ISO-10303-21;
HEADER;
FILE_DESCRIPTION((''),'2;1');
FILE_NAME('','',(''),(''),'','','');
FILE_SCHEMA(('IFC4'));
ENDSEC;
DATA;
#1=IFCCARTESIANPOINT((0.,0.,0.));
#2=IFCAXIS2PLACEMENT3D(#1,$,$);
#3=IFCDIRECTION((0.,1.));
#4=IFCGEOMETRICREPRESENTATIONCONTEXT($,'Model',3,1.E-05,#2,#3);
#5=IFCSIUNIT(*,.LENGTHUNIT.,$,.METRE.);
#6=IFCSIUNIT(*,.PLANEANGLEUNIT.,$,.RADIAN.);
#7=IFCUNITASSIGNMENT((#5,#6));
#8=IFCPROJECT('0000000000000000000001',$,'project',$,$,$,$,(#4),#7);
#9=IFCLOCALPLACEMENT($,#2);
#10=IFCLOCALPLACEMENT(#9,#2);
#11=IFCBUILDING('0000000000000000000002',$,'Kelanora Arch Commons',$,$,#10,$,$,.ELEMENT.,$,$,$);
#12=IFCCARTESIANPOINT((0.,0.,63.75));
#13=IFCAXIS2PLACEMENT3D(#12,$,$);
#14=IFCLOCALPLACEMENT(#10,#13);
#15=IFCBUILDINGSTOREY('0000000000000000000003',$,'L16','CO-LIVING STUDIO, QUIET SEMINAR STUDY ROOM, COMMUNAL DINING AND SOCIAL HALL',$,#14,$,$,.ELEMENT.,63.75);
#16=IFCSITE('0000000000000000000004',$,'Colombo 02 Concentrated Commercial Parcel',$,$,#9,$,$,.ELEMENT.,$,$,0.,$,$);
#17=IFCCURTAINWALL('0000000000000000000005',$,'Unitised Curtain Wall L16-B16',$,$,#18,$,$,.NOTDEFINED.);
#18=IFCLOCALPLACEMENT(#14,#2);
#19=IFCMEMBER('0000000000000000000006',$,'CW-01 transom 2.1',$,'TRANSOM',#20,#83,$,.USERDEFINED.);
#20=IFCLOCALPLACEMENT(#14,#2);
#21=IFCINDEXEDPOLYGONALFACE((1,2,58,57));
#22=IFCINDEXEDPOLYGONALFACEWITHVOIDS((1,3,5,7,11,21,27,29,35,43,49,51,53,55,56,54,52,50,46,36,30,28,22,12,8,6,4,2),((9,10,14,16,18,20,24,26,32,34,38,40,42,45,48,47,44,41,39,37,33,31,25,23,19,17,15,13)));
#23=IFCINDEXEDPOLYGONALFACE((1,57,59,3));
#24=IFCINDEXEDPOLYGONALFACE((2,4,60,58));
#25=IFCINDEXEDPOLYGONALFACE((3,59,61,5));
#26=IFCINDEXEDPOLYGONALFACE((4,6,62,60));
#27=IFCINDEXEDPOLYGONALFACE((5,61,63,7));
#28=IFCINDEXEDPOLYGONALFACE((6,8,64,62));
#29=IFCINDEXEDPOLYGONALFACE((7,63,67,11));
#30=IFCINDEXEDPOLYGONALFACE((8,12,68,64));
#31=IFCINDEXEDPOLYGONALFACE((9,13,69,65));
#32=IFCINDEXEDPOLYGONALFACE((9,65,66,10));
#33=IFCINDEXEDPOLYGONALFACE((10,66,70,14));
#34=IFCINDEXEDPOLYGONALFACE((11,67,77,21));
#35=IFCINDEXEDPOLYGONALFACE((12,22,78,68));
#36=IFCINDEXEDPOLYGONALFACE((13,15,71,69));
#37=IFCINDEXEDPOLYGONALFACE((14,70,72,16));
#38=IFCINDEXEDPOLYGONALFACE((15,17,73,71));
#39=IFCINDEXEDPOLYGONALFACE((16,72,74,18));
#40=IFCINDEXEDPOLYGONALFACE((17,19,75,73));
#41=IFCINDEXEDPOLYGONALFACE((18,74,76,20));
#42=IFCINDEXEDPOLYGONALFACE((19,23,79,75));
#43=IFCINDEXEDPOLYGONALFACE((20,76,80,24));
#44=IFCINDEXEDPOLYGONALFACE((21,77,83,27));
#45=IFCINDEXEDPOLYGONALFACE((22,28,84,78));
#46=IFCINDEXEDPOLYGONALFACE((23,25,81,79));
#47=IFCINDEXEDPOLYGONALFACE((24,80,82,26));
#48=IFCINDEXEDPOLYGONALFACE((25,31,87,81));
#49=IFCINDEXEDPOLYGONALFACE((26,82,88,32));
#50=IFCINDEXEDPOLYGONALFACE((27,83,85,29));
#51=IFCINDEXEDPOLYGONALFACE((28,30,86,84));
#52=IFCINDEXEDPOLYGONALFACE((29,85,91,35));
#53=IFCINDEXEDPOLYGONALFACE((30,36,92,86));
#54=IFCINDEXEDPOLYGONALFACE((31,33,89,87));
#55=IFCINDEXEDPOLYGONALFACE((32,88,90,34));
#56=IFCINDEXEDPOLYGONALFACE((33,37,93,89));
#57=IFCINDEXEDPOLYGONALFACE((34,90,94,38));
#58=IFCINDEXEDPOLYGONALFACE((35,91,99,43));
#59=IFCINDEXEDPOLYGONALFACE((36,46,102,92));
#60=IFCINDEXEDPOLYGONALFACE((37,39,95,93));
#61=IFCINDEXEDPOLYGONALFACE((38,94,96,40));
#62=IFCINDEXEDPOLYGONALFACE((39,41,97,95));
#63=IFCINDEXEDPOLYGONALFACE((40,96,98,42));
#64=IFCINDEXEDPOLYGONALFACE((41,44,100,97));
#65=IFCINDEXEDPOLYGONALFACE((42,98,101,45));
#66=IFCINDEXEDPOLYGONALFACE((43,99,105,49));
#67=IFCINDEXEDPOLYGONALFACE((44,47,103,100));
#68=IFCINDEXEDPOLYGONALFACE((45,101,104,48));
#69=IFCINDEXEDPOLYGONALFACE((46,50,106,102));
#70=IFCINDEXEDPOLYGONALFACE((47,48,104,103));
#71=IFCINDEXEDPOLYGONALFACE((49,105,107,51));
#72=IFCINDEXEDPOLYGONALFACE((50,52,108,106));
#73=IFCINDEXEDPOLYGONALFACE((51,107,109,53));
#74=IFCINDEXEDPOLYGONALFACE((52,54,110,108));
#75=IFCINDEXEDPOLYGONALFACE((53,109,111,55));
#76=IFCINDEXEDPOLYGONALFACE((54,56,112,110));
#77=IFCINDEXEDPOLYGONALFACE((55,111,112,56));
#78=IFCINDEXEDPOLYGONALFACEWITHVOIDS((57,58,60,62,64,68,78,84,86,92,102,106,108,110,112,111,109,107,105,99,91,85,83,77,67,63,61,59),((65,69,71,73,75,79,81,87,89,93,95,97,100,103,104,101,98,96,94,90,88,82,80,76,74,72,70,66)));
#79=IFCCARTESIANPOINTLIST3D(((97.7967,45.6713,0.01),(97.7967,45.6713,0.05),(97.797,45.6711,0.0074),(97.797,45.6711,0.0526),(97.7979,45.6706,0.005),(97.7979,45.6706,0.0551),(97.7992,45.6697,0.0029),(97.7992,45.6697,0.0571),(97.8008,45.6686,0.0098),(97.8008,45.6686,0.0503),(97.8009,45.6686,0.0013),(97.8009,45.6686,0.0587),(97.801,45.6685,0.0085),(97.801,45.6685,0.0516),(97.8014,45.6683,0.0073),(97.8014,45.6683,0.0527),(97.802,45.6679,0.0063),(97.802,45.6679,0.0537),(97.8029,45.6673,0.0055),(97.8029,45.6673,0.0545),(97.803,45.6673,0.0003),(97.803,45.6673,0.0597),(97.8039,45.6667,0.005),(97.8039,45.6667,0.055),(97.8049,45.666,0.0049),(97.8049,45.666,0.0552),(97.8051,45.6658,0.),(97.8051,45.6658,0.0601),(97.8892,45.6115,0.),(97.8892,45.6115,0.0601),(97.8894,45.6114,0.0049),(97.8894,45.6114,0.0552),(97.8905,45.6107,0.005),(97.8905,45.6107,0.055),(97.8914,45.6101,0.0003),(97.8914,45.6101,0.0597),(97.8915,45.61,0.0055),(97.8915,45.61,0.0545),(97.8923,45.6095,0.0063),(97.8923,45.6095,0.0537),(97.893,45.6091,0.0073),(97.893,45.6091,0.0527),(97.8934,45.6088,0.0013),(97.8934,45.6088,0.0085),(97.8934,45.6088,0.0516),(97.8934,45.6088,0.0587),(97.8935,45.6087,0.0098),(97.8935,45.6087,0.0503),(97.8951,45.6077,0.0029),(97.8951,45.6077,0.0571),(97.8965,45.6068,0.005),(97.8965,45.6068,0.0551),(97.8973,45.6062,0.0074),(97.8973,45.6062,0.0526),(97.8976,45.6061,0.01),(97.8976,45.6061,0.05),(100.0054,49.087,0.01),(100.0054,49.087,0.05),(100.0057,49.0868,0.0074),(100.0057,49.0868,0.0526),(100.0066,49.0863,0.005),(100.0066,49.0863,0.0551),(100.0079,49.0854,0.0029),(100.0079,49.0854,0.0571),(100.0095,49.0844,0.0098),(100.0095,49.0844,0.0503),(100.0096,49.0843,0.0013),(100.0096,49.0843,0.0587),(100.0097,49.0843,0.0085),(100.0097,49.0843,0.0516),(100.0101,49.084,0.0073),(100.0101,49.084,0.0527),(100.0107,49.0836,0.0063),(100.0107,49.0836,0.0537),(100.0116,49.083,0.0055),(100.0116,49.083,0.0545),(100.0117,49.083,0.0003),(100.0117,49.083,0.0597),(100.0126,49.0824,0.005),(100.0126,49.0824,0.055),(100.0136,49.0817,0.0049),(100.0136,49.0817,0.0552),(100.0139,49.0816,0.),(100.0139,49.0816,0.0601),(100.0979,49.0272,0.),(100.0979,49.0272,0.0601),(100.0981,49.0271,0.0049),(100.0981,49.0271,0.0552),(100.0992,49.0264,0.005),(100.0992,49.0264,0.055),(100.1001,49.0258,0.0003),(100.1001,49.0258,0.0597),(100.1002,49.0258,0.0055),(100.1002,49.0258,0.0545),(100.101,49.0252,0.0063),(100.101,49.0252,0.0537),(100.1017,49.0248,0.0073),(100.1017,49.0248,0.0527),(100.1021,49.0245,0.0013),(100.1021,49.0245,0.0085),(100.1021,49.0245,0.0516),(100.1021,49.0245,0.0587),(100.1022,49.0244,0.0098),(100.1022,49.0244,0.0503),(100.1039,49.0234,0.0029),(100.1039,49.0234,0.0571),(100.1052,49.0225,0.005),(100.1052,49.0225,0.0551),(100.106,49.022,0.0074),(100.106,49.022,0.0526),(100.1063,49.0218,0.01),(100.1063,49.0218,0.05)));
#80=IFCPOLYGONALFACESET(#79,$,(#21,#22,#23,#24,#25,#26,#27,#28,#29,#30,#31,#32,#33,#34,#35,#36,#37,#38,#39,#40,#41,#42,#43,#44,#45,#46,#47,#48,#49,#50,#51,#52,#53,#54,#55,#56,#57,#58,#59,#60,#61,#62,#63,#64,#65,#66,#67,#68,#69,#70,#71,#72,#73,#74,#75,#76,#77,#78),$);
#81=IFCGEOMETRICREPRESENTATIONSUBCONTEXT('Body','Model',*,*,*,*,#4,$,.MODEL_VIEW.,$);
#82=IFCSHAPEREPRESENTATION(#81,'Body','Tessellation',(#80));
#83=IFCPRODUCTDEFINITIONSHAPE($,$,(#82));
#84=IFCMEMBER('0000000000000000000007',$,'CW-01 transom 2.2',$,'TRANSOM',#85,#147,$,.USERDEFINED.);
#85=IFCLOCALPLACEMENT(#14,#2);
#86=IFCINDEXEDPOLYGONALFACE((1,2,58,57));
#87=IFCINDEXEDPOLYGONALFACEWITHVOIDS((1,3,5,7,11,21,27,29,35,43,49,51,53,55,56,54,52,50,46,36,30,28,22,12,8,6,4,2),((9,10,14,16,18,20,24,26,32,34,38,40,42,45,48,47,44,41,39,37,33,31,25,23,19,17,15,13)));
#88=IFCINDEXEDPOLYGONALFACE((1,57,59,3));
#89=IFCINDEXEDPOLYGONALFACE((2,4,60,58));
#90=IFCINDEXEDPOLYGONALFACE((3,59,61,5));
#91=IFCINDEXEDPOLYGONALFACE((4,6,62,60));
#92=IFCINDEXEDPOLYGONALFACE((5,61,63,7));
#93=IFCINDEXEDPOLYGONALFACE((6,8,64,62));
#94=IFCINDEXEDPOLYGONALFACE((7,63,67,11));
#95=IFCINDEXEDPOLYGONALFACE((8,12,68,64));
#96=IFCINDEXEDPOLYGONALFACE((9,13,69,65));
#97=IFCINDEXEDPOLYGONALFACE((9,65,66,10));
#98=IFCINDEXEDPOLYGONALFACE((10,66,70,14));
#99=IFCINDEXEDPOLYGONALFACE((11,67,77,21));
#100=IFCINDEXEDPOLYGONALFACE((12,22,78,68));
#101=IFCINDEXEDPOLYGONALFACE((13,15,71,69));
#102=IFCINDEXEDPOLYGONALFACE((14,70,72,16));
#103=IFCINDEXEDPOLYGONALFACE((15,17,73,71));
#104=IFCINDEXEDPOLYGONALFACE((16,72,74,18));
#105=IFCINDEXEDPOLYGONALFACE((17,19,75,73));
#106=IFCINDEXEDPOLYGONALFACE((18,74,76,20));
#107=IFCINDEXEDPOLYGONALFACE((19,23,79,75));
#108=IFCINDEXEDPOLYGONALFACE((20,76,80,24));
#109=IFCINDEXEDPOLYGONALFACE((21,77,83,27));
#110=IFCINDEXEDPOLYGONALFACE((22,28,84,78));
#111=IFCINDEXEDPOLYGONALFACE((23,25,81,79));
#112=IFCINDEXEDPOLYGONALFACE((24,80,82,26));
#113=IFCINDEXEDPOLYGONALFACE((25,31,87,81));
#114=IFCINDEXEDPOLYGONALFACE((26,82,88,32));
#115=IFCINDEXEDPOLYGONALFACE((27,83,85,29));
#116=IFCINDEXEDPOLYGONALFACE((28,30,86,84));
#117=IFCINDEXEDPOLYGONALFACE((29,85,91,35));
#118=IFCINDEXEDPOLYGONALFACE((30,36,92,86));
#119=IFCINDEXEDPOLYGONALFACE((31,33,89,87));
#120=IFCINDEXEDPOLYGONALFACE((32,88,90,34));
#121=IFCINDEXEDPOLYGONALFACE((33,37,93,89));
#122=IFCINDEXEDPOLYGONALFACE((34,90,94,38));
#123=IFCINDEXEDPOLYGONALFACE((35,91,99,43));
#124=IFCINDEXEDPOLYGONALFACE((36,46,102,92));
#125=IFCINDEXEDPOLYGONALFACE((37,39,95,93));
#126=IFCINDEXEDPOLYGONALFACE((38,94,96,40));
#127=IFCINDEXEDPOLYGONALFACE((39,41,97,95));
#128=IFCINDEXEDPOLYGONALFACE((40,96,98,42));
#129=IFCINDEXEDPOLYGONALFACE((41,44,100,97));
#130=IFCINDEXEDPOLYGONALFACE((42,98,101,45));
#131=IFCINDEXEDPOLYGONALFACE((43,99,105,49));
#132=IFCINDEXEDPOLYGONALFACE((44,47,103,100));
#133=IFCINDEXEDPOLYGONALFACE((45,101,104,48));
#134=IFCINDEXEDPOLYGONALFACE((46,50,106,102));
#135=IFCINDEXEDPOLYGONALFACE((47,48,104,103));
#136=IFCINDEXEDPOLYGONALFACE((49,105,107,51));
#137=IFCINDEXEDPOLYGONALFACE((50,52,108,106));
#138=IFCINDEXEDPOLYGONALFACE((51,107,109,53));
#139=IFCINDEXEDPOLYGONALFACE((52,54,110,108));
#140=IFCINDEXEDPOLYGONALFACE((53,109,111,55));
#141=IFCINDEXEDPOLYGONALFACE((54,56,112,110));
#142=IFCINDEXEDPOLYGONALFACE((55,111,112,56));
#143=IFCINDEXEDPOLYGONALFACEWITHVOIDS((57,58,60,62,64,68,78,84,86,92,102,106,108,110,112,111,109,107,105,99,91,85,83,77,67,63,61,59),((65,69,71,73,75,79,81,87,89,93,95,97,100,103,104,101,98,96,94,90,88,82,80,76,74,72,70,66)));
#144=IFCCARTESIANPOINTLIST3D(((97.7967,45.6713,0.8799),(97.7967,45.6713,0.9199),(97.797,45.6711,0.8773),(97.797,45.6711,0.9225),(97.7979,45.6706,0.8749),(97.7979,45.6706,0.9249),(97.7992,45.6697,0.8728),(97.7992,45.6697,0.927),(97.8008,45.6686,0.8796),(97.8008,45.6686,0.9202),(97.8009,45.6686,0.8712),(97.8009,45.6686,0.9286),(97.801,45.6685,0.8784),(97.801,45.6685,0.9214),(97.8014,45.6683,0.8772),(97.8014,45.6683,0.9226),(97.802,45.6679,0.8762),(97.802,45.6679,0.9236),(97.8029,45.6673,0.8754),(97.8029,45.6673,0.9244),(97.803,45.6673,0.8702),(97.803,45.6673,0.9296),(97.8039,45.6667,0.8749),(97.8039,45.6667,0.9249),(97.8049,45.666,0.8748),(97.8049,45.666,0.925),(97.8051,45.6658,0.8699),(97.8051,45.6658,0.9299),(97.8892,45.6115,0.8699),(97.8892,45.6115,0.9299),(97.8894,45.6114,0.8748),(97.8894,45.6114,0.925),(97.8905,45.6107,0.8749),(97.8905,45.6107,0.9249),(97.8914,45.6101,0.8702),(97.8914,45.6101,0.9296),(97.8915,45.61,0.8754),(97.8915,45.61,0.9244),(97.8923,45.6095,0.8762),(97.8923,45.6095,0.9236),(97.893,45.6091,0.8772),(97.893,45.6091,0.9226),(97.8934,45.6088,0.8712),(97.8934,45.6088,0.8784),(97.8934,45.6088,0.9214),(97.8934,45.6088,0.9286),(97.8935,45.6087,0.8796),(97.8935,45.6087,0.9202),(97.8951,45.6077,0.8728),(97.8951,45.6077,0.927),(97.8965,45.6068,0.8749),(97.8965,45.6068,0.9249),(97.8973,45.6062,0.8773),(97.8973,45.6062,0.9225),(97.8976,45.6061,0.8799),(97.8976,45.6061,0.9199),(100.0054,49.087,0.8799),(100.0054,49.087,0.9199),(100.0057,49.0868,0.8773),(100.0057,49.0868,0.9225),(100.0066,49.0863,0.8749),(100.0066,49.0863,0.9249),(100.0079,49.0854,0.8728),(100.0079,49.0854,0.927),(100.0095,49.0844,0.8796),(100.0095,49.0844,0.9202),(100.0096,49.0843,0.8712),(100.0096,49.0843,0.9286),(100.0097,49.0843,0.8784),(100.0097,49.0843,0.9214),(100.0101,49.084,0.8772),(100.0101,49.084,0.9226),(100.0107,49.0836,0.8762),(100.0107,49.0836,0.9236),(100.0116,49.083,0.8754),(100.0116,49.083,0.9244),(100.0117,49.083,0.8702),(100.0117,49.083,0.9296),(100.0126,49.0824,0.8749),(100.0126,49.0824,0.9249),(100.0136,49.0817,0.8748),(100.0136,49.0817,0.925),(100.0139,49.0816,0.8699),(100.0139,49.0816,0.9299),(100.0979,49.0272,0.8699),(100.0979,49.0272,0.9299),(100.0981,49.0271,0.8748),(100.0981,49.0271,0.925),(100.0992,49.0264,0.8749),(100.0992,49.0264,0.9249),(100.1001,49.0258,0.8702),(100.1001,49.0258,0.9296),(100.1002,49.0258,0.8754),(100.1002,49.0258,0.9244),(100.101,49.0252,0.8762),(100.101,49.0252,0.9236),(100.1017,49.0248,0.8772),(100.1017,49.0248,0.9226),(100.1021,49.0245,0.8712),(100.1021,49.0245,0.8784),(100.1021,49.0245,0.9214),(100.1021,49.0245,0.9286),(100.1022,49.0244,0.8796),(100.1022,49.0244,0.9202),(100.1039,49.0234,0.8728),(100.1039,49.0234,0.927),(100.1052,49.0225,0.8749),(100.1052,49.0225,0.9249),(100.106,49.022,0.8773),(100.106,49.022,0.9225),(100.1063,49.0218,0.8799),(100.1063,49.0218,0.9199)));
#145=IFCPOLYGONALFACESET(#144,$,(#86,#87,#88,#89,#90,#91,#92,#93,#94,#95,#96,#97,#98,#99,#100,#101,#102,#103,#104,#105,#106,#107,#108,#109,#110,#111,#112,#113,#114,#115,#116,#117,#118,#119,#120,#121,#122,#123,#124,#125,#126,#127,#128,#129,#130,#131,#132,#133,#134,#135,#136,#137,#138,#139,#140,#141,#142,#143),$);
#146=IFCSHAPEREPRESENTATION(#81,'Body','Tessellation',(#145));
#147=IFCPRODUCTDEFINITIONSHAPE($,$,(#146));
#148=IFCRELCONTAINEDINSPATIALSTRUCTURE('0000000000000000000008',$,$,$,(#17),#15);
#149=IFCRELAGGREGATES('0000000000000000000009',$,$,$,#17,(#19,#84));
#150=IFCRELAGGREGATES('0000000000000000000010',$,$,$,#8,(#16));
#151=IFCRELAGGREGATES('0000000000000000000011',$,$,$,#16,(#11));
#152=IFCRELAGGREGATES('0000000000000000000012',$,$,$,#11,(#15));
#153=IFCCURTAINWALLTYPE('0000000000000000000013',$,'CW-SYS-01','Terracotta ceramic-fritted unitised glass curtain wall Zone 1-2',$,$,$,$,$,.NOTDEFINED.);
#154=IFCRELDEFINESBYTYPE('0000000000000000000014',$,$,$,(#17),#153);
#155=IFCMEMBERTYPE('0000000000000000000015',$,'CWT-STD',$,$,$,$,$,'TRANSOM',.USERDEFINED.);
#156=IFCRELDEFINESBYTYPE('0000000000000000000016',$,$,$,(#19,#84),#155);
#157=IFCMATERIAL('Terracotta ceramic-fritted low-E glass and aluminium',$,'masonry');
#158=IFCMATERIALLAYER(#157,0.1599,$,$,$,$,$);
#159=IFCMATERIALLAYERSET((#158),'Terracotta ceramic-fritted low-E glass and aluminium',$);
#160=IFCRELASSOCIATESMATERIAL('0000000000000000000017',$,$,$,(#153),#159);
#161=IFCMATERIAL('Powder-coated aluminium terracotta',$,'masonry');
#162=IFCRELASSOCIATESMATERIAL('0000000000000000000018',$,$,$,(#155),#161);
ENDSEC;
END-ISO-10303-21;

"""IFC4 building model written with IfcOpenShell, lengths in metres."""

from ifc_helpers import new_model, si_unit, direction, frame, origin, origin_2d, place, context, subcontext, project, spatial, hollow_rectangle, extrude, material, layer, layer_set, material_profile, profile_set, type_object, element, aggregate, save


model = new_model("IFC4")

# Units and contexts
model_context = context("Model", 3, precision=1e-05, world=origin(), true_north=direction((0.0, 1.0)))
body_context = subcontext(model_context, "Body", "Model", "MODEL_VIEW")
ifc_project = project(units=[si_unit("LENGTHUNIT", "METRE"), si_unit("PLANEANGLEUNIT", "RADIAN")], contexts=[model_context])

# Site, building, storey
site_placement = place(None, origin())
site = spatial("IfcSite", under=ifc_project, at=site_placement, Name="Colombo 02 Concentrated Commercial Parcel", CompositionType="ELEMENT", RefElevation=0.0)
building_placement = place(site_placement, origin())
building = spatial("IfcBuilding", under=site, at=building_placement, Name="Kelanora Arch Commons", CompositionType="ELEMENT")
storey_placement = place(building_placement, frame((0.0, 0.0, 63.75)))
storey = spatial("IfcBuildingStorey", under=building, at=storey_placement, Name="L16", Description="CO-LIVING STUDIO, QUIET SEMINAR STUDY ROOM, COMMUNAL DINING AND SOCIAL HALL", CompositionType="ELEMENT", Elevation=63.75)

# Shared definitions
ifc_material_1 = material(Name="Terracotta ceramic-fritted low-E glass and aluminium", Category="masonry")
ifc_layer_1 = layer(ifc_material_1, 0.1599)
ifc_layer_set_1 = layer_set([ifc_layer_1], Name="Terracotta ceramic-fritted low-E glass and aluminium")
curtain_wall_type = type_object("IfcCurtainWallType", Name="CW-SYS-01", Description="Terracotta ceramic-fritted unitised glass curtain wall Zone 1-2", PredefinedType="NOTDEFINED", material=ifc_layer_set_1)
ifc_material_2 = material(Name="Powder-coated aluminium terracotta", Category="masonry")

# Curtain wall, members
curtain_wall_1_placement = place(storey_placement, origin())
curtain_wall_1 = element("IfcCurtainWall", 1, at=curtain_wall_1_placement, inside=storey, type_object=curtain_wall_type, Name="Unitised Curtain Wall L16-B16", PredefinedType="NOTDEFINED")
ifc_material_profile_1 = material_profile(ifc_material_2, hollow_rectangle(XDim=0.1201, YDim=0.0601, WallThickness=0.0049, InnerFilletRadius=0.0049, OuterFilletRadius=0.01, at=origin_2d()), Name="CWT120x60")
ifc_profile_set_1 = profile_set([ifc_material_profile_1], Name="Powder-coated aluminium terracotta")
member_type_1 = type_object("IfcMemberType", Name="CWT-STD", ElementType="TRANSOM", PredefinedType="USERDEFINED", material=ifc_profile_set_1)
member_1_placement = place(storey_placement, frame((97.8472, 45.6387, 0.03), z_axis=(0.542997, 0.839734, 0.0), x_axis=(-0.839734, 0.542997, 0.0)))
member_1 = element("IfcMember", 2, at=member_1_placement, type_object=member_type_1, Name="CW-01 transom 2.1", ObjectType="TRANSOM", PredefinedType="USERDEFINED", context=body_context, shape_type="SweptSolid", body=[
    extrude(hollow_rectangle(XDim=0.1201, YDim=0.0601, WallThickness=0.0049, InnerFilletRadius=0.0049, OuterFilletRadius=0.01, at=origin_2d()), origin(), (0.0, 0.0, 1.0), 4.0676),
])
member_2_placement = place(storey_placement, frame((97.8472, 45.6387, 0.8999), z_axis=(0.542997, 0.839734, 0.0), x_axis=(-0.839734, 0.542997, 0.0)))
member_2 = element("IfcMember", 3, at=member_2_placement, type_object=member_type_1, Name="CW-01 transom 2.2", ObjectType="TRANSOM", PredefinedType="USERDEFINED", context=body_context, shape_type="SweptSolid", body=[
    extrude(hollow_rectangle(XDim=0.1201, YDim=0.0601, WallThickness=0.0049, InnerFilletRadius=0.0049, OuterFilletRadius=0.01, at=origin_2d()), origin(), (0.0, 0.0, 1.0), 4.0676),
])

aggregate(curtain_wall_1, [member_1, member_2])

save(model, "model.ifc")
